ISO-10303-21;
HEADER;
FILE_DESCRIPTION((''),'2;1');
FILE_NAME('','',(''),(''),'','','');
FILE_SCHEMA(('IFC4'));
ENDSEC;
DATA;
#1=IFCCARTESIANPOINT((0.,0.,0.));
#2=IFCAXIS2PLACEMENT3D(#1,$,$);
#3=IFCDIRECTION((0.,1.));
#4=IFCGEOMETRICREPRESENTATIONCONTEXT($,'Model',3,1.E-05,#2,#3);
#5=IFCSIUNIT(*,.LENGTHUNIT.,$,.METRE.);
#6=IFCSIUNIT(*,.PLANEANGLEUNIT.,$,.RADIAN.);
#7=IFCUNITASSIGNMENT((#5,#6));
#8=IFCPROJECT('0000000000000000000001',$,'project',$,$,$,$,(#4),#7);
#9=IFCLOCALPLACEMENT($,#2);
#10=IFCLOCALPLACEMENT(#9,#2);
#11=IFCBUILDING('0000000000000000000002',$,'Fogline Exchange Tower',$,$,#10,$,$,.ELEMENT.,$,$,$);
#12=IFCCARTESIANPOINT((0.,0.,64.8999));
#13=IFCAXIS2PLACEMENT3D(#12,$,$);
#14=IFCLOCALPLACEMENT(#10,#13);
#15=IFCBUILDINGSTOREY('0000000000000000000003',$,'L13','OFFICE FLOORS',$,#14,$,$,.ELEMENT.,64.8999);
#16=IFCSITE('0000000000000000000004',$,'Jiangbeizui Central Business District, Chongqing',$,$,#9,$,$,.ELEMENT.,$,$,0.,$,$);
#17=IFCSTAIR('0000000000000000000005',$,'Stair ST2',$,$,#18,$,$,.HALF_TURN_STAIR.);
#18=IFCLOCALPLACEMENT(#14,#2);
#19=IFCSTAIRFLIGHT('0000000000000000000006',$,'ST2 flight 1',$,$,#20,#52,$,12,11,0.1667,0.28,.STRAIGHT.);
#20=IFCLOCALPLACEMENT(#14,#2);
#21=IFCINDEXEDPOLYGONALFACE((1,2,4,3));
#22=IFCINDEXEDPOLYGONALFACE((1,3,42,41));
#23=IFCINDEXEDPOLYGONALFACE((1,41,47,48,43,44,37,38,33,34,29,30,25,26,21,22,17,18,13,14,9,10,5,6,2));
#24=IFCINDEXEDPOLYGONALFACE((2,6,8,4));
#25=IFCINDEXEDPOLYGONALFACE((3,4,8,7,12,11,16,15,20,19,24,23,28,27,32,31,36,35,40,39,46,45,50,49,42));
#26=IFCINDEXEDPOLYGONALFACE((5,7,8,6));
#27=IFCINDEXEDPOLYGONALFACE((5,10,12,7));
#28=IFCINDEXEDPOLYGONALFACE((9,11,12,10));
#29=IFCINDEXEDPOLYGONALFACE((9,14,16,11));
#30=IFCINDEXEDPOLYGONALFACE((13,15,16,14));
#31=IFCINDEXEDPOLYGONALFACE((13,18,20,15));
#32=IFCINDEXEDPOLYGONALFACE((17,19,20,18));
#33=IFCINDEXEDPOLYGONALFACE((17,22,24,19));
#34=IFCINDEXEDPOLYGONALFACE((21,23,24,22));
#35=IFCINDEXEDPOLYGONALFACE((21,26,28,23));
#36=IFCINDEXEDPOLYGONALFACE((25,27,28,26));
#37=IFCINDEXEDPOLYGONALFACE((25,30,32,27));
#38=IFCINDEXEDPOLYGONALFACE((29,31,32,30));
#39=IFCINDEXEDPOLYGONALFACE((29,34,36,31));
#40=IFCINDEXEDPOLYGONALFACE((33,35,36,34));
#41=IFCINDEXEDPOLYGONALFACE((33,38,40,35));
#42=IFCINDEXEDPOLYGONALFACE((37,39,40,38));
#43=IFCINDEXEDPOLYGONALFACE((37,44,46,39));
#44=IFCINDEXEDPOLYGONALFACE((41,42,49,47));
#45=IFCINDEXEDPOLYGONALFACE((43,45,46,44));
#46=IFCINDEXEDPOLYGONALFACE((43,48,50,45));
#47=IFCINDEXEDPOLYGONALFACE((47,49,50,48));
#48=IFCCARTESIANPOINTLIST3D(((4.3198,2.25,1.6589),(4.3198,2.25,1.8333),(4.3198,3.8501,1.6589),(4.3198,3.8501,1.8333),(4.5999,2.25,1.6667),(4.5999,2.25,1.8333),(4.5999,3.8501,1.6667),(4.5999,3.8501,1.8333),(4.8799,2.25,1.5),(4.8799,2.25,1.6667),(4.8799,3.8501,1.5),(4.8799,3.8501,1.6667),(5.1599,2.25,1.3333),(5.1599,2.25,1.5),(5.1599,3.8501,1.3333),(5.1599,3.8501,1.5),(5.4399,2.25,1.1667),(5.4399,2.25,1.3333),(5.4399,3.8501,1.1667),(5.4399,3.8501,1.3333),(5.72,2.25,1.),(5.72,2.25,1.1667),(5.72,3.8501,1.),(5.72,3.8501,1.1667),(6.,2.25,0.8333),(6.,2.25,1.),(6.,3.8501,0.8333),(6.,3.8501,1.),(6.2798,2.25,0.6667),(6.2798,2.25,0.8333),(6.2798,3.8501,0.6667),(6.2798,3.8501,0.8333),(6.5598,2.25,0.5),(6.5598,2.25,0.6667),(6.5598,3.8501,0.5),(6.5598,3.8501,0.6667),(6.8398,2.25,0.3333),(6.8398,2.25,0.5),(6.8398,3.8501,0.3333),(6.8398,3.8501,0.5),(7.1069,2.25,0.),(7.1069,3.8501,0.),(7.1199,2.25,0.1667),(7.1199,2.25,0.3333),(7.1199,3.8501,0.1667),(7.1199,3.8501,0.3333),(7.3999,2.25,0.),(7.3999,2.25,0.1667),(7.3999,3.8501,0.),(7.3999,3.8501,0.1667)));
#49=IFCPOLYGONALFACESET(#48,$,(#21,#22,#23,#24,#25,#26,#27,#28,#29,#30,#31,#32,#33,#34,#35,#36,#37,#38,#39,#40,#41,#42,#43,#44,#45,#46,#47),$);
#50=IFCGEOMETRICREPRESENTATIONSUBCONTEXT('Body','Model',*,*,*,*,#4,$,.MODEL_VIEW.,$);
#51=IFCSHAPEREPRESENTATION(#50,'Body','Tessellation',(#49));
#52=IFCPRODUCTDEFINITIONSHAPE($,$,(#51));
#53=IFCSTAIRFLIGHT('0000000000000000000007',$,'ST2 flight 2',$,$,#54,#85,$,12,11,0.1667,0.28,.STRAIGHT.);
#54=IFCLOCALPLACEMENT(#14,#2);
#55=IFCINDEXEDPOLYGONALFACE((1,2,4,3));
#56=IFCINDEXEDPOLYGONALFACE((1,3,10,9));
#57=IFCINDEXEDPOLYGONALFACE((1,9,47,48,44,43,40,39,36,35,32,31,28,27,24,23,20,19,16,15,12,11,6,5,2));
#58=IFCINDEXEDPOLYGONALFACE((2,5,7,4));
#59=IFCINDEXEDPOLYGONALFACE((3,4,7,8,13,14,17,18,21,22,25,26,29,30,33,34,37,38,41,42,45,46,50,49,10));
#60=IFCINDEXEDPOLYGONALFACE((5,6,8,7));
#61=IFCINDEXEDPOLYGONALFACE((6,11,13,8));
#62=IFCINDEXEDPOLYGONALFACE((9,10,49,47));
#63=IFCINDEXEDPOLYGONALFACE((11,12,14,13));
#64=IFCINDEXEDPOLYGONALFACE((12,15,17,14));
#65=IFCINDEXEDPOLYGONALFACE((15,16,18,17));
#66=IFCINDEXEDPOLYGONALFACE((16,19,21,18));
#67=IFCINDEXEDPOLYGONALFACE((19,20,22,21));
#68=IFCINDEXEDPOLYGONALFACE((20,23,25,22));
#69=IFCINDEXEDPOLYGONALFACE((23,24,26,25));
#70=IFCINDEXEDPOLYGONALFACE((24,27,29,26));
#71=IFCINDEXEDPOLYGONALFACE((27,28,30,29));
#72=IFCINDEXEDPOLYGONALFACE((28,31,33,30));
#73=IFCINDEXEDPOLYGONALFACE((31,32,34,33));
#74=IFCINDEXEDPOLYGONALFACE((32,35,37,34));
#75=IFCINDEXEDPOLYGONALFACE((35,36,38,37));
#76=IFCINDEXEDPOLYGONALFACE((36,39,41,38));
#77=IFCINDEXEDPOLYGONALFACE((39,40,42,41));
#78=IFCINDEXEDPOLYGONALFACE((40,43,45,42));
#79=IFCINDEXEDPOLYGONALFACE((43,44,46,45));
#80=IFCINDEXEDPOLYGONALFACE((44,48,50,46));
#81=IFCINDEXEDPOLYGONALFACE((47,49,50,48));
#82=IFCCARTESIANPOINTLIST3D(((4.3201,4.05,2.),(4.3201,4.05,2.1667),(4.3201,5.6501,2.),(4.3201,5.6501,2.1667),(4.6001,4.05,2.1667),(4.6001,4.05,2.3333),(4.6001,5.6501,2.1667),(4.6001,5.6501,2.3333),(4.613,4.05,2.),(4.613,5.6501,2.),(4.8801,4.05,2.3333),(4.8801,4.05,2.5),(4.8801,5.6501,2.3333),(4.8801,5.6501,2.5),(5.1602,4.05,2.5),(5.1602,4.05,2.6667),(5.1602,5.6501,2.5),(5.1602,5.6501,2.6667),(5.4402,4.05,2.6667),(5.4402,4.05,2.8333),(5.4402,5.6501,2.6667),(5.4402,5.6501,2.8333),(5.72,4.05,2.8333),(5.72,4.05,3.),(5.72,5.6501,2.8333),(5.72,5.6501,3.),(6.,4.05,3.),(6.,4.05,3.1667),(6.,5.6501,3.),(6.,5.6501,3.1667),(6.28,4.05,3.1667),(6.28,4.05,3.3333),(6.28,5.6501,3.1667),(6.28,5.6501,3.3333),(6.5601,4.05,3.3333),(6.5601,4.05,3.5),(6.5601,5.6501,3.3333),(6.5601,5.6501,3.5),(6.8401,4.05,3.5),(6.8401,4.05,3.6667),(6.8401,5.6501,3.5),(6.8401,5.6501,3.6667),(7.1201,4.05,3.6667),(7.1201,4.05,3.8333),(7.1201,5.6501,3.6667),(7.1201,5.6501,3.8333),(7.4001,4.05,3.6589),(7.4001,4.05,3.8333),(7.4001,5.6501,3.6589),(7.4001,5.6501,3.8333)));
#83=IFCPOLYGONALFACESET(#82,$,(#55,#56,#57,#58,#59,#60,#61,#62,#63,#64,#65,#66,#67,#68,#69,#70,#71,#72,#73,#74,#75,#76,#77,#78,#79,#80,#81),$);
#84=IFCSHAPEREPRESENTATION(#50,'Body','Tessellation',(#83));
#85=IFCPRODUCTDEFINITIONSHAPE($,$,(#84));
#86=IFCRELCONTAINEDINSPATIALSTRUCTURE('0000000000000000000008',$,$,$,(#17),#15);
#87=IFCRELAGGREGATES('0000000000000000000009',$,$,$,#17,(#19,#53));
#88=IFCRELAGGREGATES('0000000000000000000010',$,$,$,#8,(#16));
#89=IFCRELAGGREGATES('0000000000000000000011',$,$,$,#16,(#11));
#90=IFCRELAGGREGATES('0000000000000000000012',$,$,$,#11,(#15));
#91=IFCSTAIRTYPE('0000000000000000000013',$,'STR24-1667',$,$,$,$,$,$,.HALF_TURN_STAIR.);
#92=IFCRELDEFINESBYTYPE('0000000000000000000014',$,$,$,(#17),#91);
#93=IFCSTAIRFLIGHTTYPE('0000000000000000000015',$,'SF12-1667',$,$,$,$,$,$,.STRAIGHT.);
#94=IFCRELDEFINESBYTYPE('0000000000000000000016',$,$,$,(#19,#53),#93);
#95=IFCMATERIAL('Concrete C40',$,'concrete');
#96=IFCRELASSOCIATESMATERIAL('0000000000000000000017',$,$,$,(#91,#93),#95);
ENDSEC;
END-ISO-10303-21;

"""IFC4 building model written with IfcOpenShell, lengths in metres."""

from ifc_helpers import new_model, si_unit, direction, frame, origin, place, context, subcontext, project, spatial, polyline, outline, extrude, material, type_object, element, aggregate, save


model = new_model("IFC4")

# Units and contexts
model_context = context("Model", 3, precision=1e-05, world=origin(), true_north=direction((0.0, 1.0)))
body_context = subcontext(model_context, "Body", "Model", "MODEL_VIEW")
ifc_project = project(units=[si_unit("LENGTHUNIT", "METRE"), si_unit("PLANEANGLEUNIT", "RADIAN")], contexts=[model_context])

# Site, building, storey
site_placement = place(None, origin())
site = spatial("IfcSite", under=ifc_project, at=site_placement, Name="Jiangbeizui Central Business District, Chongqing", CompositionType="ELEMENT", RefElevation=0.0)
building_placement = place(site_placement, origin())
building = spatial("IfcBuilding", under=site, at=building_placement, Name="Fogline Exchange Tower", CompositionType="ELEMENT")
storey_placement = place(building_placement, frame((0.0, 0.0, 64.8999)))
storey = spatial("IfcBuildingStorey", under=building, at=storey_placement, Name="L13", Description="OFFICE FLOORS", CompositionType="ELEMENT", Elevation=64.8999)

# Shared definitions
ifc_material_1 = material(Name="Concrete C40", Category="concrete")

# Stair
stair_type = type_object("IfcStairType", Name="STR24-1667", PredefinedType="HALF_TURN_STAIR", material=ifc_material_1)
stair_1_placement = place(storey_placement, origin())
stair_1 = element("IfcStair", 1, at=stair_1_placement, inside=storey, type_object=stair_type, Name="Stair ST2", PredefinedType="HALF_TURN_STAIR")

# Stair flights
stair_flight_type = type_object("IfcStairFlightType", Name="SF12-1667", PredefinedType="STRAIGHT", material=ifc_material_1)
stair_flight_1_placement = place(storey_placement, frame((7.3999, 3.05, 0.0), z_axis=(0.0, 0.0, 1.0), x_axis=(-1.0, 0.0, 0.0)))
stair_flight_1 = element("IfcStairFlight", 2, at=stair_flight_1_placement, type_object=stair_flight_type, Name="ST2 flight 1", NumberOfRisers=12, NumberOfTreads=11, PredefinedType="STRAIGHT", RiserHeight=0.1667, TreadLength=0.28, context=body_context, shape_type="SweptSolid", body=[
    extrude(outline(polyline([(0.0, 0.0), (0.0, 0.1667), (0.28, 0.1667), (0.28, 0.3333), (0.5601, 0.3333), (0.5601, 0.5), (0.8401, 0.5), (0.8401, 0.6667), (1.1201, 0.6667), (1.1201, 0.8333), (1.3999, 0.8333), (1.3999, 1.0), (1.6799, 1.0), (1.6799, 1.1667), (1.96, 1.1667), (1.96, 1.3333), (2.24, 1.3333), (2.24, 1.5), (2.52, 1.5), (2.52, 1.6667), (2.8, 1.6667), (2.8, 1.8333), (3.0801, 1.8333), (3.0801, 2.0), (3.0801, 1.6589), (0.293, 0.0), (0.0, 0.0)])), frame((0.0, 0.8, 0.0), z_axis=(0.0, -1.0, 0.0), x_axis=(1.0, 0.0, 0.0)), (0.0, 0.0, 1.0), 1.6001),
])
stair_flight_2_placement = place(storey_placement, frame((4.3201, 4.8501, 2.0), z_axis=(0.0, 0.0, 1.0), x_axis=(1.0, 0.0, 0.0)))
stair_flight_2 = element("IfcStairFlight", 3, at=stair_flight_2_placement, type_object=stair_flight_type, Name="ST2 flight 2", NumberOfRisers=12, NumberOfTreads=11, PredefinedType="STRAIGHT", RiserHeight=0.1667, TreadLength=0.28, context=body_context, shape_type="SweptSolid", body=[
    extrude(outline(polyline([(0.0, 0.0), (0.0, 0.1667), (0.28, 0.1667), (0.28, 0.3333), (0.5601, 0.3333), (0.5601, 0.5), (0.8401, 0.5), (0.8401, 0.6667), (1.1201, 0.6667), (1.1201, 0.8333), (1.3999, 0.8333), (1.3999, 1.0), (1.6799, 1.0), (1.6799, 1.1667), (1.96, 1.1667), (1.96, 1.3333), (2.24, 1.3333), (2.24, 1.5), (2.52, 1.5), (2.52, 1.6667), (2.8, 1.6667), (2.8, 1.8333), (3.0801, 1.8333), (3.0801, 2.0), (3.0801, 1.6589), (0.293, 0.0), (0.0, 0.0)])), frame((0.0, 0.8, 0.0), z_axis=(0.0, -1.0, 0.0), x_axis=(1.0, 0.0, 0.0)), (0.0, 0.0, 1.0), 1.6001),
])
aggregate(stair_1, [stair_flight_1, stair_flight_2])

save(model, "model.ifc")
